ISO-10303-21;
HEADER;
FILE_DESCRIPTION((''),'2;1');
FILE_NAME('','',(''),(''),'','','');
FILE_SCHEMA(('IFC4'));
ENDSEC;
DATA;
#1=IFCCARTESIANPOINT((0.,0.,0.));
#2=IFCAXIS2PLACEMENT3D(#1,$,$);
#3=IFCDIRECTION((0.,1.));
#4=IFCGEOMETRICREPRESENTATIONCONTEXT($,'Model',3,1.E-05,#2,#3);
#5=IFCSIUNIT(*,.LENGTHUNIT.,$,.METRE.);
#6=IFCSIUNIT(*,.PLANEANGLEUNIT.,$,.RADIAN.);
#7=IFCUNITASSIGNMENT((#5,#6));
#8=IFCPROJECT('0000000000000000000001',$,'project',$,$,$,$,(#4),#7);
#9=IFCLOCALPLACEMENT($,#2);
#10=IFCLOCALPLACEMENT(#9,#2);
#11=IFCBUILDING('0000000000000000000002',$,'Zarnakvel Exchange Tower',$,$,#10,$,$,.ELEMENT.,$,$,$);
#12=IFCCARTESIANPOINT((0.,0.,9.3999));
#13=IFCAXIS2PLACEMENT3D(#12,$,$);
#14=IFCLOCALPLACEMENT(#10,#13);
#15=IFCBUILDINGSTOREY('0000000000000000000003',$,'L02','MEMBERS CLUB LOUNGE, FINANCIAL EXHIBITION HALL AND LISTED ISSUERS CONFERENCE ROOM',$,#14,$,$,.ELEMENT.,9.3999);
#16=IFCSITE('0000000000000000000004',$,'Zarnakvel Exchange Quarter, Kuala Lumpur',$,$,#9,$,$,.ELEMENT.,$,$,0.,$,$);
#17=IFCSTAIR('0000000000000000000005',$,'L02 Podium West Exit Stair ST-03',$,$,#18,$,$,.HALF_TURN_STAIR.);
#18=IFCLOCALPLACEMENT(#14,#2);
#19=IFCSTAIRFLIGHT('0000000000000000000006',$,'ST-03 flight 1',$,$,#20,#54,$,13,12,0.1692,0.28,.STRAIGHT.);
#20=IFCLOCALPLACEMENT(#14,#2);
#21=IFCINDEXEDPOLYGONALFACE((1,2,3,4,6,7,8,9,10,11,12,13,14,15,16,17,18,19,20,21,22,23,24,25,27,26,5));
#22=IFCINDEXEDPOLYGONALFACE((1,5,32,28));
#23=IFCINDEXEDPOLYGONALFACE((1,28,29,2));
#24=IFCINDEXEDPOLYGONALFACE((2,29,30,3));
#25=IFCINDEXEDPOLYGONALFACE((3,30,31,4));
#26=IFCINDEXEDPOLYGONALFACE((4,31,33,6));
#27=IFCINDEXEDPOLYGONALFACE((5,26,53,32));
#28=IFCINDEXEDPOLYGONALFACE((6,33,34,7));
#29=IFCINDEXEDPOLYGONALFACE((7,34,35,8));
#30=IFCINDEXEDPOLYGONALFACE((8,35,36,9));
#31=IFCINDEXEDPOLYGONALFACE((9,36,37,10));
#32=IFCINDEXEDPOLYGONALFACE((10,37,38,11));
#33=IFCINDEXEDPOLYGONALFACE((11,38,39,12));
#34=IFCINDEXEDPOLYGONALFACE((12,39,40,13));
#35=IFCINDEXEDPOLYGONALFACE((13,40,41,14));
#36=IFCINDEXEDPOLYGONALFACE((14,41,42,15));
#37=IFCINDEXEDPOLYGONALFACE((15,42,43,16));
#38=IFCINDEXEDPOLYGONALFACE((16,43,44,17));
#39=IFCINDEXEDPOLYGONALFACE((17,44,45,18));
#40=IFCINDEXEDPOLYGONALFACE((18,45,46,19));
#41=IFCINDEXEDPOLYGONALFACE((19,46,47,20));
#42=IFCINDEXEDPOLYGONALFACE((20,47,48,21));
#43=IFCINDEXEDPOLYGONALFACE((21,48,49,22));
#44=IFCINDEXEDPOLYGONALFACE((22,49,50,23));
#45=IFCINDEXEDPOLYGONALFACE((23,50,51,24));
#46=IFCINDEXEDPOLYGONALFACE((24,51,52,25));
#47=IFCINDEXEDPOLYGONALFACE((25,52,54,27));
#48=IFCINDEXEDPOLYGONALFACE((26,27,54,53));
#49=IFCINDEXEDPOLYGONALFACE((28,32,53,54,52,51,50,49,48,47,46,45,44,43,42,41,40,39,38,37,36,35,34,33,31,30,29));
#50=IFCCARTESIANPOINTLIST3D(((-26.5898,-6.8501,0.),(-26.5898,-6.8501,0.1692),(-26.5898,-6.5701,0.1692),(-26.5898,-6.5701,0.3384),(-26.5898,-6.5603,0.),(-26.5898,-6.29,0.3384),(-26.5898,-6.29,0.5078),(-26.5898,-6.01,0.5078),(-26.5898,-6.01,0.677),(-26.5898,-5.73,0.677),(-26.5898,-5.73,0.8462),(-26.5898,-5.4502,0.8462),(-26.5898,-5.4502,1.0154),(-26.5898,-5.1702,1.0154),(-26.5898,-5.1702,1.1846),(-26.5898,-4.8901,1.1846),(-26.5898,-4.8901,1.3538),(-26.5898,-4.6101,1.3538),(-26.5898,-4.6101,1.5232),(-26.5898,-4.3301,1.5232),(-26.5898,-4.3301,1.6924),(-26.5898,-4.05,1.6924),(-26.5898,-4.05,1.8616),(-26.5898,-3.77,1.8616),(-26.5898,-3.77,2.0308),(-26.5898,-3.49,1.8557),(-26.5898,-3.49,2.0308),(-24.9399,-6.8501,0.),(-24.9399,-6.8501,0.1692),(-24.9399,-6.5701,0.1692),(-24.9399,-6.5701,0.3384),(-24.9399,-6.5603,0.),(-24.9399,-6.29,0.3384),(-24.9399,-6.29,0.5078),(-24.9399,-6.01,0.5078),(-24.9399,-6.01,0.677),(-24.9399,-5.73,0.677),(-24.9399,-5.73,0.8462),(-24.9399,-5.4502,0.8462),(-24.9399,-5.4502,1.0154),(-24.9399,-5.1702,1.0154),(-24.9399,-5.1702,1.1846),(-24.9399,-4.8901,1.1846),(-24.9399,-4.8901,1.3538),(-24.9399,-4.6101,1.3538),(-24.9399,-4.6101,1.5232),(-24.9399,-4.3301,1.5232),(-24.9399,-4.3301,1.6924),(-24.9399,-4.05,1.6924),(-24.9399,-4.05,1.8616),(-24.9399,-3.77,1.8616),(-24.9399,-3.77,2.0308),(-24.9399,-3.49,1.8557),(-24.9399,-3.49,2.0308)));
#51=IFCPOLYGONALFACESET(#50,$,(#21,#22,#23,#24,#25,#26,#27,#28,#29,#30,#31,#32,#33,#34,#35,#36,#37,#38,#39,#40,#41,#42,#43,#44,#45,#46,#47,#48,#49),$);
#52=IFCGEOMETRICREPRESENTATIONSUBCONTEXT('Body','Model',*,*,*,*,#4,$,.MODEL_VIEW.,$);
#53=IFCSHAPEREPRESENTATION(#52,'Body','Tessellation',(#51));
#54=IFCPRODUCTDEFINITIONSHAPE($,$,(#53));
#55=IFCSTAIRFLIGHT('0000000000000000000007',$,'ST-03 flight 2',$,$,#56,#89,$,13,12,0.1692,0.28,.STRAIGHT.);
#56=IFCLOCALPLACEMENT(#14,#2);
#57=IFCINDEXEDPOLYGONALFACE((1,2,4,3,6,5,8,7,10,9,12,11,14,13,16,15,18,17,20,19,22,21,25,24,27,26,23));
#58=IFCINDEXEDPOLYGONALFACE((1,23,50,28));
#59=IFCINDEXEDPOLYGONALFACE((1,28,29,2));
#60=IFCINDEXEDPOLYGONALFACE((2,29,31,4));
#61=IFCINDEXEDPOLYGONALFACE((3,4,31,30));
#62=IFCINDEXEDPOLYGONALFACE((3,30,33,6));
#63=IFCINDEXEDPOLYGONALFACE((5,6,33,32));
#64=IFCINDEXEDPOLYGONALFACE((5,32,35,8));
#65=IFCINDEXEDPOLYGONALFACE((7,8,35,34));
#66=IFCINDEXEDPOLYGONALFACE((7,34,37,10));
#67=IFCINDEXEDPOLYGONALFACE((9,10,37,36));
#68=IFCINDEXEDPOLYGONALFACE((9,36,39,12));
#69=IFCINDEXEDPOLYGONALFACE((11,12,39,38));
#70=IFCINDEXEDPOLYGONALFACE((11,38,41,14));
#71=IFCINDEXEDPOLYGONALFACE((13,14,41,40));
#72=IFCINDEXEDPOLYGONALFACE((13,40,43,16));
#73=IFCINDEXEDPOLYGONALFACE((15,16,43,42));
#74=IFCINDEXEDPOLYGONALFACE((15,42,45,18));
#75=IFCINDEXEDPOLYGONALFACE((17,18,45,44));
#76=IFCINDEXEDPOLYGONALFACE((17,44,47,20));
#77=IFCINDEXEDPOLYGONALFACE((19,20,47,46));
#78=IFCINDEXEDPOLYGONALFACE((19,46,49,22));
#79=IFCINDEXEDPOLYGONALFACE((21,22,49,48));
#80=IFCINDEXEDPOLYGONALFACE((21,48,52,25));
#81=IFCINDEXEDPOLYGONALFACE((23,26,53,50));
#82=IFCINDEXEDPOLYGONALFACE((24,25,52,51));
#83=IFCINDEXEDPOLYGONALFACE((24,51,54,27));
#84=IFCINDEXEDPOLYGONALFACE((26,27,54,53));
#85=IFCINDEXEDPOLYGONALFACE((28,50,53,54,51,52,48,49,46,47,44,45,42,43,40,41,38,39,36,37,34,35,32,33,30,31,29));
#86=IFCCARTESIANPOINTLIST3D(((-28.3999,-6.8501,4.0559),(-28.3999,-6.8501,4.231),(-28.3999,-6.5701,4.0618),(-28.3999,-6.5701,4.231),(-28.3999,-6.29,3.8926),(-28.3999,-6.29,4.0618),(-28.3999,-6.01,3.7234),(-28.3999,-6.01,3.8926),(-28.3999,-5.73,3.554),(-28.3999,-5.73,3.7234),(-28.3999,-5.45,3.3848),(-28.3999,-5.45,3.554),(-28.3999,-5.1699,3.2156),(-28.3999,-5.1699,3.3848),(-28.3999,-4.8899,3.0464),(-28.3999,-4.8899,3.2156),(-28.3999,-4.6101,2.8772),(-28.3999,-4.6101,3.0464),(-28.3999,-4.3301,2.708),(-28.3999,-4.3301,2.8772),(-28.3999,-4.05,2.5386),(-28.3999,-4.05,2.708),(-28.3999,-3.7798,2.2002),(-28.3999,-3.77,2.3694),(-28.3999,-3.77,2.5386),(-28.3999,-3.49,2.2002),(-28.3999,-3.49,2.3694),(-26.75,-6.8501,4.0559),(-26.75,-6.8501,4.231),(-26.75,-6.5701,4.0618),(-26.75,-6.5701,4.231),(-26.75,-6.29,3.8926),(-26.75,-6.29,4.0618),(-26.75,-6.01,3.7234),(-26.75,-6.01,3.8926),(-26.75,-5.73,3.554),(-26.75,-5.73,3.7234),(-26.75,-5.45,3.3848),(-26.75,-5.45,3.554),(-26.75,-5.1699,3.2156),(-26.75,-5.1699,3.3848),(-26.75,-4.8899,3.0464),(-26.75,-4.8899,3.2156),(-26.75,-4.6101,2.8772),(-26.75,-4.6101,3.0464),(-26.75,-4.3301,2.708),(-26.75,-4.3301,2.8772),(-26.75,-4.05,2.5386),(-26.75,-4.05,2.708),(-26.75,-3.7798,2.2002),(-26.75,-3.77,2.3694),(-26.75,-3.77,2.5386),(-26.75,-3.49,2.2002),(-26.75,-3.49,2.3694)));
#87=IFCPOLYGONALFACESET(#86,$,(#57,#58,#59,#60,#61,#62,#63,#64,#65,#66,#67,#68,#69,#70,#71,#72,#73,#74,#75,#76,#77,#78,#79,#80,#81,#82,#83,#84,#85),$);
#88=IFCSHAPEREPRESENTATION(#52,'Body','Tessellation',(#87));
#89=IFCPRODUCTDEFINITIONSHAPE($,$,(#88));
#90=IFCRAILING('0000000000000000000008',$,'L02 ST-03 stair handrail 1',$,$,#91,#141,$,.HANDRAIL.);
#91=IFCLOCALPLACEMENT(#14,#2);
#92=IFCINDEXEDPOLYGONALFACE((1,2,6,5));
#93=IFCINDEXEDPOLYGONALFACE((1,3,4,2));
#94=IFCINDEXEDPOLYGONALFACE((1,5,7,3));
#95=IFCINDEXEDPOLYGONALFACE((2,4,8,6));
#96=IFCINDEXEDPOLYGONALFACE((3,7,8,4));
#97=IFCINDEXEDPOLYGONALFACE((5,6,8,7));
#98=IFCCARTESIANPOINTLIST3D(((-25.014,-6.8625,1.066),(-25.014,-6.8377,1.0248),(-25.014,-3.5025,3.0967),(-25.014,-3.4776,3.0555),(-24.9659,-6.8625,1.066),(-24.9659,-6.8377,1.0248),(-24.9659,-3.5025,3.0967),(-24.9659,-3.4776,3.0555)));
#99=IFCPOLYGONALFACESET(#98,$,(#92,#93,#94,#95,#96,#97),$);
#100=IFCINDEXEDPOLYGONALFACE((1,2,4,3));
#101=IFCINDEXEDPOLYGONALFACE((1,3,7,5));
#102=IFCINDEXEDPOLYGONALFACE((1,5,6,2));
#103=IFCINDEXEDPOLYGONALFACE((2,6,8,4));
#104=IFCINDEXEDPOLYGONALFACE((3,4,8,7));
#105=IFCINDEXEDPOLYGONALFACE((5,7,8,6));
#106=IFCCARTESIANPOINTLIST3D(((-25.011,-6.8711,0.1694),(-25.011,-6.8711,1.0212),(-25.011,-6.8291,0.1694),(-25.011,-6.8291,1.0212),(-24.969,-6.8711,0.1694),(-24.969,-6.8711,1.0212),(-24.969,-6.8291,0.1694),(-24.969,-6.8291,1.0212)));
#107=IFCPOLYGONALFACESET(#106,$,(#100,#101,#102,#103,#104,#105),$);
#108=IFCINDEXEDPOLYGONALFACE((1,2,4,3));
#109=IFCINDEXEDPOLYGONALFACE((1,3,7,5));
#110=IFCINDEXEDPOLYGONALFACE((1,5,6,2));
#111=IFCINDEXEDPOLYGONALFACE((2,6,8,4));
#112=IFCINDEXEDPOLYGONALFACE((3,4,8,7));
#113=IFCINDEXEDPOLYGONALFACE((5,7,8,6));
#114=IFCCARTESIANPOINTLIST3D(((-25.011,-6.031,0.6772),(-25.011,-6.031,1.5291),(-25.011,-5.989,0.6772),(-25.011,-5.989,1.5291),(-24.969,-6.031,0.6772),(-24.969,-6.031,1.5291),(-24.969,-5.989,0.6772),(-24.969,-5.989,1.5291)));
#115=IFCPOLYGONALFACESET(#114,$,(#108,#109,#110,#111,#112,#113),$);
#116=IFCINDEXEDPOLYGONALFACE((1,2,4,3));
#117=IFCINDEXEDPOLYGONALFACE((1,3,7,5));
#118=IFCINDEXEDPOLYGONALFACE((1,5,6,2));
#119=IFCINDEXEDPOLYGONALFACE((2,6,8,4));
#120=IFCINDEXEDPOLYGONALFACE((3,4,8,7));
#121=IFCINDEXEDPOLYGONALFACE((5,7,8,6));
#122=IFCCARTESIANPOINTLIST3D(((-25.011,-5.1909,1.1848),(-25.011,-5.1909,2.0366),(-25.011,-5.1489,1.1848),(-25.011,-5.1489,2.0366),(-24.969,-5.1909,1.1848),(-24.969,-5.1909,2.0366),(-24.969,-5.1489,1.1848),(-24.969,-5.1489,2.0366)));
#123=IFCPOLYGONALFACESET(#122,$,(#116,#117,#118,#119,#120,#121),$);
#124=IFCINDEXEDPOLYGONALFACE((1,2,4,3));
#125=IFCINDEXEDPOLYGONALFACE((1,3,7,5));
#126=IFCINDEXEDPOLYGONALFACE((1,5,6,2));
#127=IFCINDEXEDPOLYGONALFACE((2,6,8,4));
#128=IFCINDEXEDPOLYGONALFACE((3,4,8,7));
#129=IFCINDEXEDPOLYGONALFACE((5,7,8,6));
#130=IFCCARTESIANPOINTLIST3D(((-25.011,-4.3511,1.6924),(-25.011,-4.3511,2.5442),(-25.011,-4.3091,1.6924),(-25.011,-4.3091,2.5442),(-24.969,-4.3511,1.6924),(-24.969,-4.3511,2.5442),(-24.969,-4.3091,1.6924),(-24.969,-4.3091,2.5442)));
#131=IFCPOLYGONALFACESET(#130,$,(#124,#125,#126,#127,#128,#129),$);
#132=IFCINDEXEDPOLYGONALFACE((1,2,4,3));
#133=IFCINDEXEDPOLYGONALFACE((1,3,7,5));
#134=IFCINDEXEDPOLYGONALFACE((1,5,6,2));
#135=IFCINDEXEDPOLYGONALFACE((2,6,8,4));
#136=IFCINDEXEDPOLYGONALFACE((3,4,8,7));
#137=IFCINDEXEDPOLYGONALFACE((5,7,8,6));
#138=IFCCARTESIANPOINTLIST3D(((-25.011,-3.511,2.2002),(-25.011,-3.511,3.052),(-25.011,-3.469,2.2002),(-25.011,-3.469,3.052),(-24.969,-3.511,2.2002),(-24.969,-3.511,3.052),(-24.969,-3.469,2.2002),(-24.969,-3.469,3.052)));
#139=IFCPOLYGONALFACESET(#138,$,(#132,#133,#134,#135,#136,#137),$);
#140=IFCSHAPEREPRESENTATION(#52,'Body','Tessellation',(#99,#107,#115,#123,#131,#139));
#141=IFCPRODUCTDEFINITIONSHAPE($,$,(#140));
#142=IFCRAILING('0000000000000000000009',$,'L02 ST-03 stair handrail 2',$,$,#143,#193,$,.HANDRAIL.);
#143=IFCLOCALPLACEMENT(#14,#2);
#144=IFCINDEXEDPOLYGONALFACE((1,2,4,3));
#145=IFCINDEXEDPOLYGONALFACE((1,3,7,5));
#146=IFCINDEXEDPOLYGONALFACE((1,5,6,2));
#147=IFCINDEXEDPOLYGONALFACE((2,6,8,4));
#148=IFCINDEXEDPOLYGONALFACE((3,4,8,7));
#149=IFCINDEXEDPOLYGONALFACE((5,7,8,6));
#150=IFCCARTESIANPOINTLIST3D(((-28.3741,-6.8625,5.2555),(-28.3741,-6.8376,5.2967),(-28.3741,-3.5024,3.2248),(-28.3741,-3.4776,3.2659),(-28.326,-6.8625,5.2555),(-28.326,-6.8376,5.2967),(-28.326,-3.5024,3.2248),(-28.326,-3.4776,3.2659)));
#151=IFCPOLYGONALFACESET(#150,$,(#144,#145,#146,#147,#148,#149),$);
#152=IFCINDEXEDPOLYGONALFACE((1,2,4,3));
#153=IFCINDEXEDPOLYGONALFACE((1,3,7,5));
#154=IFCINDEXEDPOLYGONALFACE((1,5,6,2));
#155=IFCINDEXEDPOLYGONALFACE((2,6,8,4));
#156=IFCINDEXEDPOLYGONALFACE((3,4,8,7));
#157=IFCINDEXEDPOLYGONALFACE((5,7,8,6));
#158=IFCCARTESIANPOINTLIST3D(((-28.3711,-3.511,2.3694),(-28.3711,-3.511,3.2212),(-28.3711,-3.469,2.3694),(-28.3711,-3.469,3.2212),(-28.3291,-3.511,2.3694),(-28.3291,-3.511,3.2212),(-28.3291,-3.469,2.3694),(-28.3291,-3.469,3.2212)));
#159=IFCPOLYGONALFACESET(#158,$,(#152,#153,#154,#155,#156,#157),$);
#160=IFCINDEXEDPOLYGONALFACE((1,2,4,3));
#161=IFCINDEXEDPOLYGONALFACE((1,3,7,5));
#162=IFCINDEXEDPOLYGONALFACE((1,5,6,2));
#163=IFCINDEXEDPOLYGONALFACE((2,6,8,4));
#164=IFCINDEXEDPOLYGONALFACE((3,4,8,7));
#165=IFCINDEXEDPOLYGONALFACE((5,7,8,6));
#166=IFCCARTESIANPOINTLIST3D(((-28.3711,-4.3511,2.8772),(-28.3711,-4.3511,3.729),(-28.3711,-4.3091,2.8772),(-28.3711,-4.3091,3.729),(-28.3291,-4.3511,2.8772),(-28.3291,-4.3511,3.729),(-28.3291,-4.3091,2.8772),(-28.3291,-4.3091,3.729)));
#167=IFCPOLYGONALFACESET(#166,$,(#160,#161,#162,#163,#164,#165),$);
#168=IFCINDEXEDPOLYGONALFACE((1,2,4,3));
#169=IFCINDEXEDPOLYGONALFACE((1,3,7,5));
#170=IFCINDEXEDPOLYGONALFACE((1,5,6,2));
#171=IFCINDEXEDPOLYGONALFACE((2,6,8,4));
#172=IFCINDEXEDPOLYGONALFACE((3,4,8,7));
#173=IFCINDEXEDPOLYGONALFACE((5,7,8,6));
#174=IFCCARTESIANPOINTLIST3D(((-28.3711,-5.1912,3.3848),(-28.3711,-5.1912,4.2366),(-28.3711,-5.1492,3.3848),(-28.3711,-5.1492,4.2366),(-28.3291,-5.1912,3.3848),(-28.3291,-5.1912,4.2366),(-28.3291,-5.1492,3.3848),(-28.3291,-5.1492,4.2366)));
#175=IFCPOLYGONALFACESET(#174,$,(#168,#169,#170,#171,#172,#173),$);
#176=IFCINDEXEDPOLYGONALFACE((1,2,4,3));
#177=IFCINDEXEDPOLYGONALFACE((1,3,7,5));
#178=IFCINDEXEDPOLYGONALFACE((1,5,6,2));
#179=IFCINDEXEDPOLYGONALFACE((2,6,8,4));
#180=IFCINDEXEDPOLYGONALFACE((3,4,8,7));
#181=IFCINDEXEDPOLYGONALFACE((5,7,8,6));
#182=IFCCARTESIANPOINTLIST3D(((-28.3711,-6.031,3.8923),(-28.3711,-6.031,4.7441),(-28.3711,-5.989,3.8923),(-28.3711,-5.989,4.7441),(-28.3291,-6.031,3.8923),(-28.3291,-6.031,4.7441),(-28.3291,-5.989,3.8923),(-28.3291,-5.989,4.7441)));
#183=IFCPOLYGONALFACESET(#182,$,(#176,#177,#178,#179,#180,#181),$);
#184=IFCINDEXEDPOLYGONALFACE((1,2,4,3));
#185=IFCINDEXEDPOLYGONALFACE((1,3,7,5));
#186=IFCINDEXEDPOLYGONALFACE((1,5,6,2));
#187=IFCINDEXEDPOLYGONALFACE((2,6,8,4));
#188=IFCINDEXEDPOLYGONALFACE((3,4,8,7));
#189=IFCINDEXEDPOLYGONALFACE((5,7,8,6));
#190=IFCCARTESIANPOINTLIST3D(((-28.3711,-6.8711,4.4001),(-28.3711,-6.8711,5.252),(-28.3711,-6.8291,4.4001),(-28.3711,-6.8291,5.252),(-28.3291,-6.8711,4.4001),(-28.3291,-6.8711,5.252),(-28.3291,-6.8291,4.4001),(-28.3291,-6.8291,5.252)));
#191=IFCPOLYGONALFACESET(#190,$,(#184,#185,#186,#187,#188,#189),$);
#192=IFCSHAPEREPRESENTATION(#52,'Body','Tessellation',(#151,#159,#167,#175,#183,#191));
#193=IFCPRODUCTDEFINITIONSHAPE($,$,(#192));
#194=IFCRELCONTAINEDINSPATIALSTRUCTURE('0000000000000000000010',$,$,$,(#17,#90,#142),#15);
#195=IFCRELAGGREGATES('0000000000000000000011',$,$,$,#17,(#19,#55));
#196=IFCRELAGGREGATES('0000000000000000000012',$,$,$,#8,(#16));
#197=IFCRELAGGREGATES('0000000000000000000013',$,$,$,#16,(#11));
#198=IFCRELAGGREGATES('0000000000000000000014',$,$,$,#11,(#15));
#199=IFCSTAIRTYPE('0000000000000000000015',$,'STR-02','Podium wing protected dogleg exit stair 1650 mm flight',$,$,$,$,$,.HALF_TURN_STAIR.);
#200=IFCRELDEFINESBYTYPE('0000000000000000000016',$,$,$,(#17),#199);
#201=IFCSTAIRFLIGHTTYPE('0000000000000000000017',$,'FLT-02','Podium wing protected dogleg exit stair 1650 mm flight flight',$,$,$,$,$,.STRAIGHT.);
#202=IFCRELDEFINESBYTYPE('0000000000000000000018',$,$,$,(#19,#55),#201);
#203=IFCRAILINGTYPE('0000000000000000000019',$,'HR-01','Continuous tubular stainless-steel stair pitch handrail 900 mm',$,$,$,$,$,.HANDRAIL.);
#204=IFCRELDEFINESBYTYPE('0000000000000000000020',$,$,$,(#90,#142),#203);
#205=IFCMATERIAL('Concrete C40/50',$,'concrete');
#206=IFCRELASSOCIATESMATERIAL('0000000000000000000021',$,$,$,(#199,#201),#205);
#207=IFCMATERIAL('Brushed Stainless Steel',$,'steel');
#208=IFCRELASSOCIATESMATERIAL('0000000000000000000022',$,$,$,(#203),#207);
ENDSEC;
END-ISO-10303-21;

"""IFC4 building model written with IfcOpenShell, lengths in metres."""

from ifc_helpers import new_model, si_unit, direction, frame, origin, origin_2d, place, context, subcontext, project, spatial, polyline, rectangle, outline, extrude, material, type_object, element, aggregate, save


model = new_model("IFC4")

# Units and contexts
model_context = context("Model", 3, precision=1e-05, world=origin(), true_north=direction((0.0, 1.0)))
body_context = subcontext(model_context, "Body", "Model", "MODEL_VIEW")
ifc_project = project(units=[si_unit("LENGTHUNIT", "METRE"), si_unit("PLANEANGLEUNIT", "RADIAN")], contexts=[model_context])

# Site, building, storey
site_placement = place(None, origin())
site = spatial("IfcSite", under=ifc_project, at=site_placement, Name="Zarnakvel Exchange Quarter, Kuala Lumpur", CompositionType="ELEMENT", RefElevation=0.0)
building_placement = place(site_placement, origin())
building = spatial("IfcBuilding", under=site, at=building_placement, Name="Zarnakvel Exchange Tower", CompositionType="ELEMENT")
storey_placement = place(building_placement, frame((0.0, 0.0, 9.3999)))
storey = spatial("IfcBuildingStorey", under=building, at=storey_placement, Name="L02", Description="MEMBERS CLUB LOUNGE, FINANCIAL EXHIBITION HALL AND LISTED ISSUERS CONFERENCE ROOM", CompositionType="ELEMENT", Elevation=9.3999)

# Shared definitions
ifc_material_1 = material(Name="Concrete C40/50", Category="concrete")

# Stair, stair flights
stair_type = type_object("IfcStairType", Name="STR-02", Description="Podium wing protected dogleg exit stair 1650 mm flight", PredefinedType="HALF_TURN_STAIR", material=ifc_material_1)
stair_placement = place(storey_placement, origin())
stair = element("IfcStair", 1, at=stair_placement, inside=storey, type_object=stair_type, Name="L02 Podium West Exit Stair ST-03", PredefinedType="HALF_TURN_STAIR")
stair_flight_type = type_object("IfcStairFlightType", Name="FLT-02", Description="Podium wing protected dogleg exit stair 1650 mm flight flight", PredefinedType="STRAIGHT", material=ifc_material_1)
stair_flight_1_placement = place(storey_placement, frame((-25.7649, -6.8501, 0.0), z_axis=(0.0, 0.0, 1.0), x_axis=(0.0, 1.0, 0.0)))
stair_flight_1 = element("IfcStairFlight", 2, at=stair_flight_1_placement, type_object=stair_flight_type, Name="ST-03 flight 1", NumberOfRisers=13, NumberOfTreads=12, PredefinedType="STRAIGHT", RiserHeight=0.1692, TreadLength=0.28, context=body_context, shape_type="SweptSolid", body=[
    extrude(outline(polyline([(0.0, 0.0), (0.0, 0.1692), (0.28, 0.1692), (0.28, 0.3384), (0.5601, 0.3384), (0.5601, 0.5078), (0.8401, 0.5078), (0.8401, 0.677), (1.1201, 0.677), (1.1201, 0.8462), (1.3999, 0.8462), (1.3999, 1.0154), (1.6799, 1.0154), (1.6799, 1.1846), (1.96, 1.1846), (1.96, 1.3538), (2.24, 1.3538), (2.24, 1.5232), (2.52, 1.5232), (2.52, 1.6924), (2.8, 1.6924), (2.8, 1.8616), (3.0801, 1.8616), (3.0801, 2.0308), (3.3601, 2.0308), (3.3601, 2.2), (3.3601, 1.8557), (0.2898, 0.0), (0.0, 0.0)])), frame((0.0, 0.825, 0.0), z_axis=(0.0, -1.0, 0.0), x_axis=(1.0, 0.0, 0.0)), (0.0, 0.0, 1.0), 1.6499),
])
stair_flight_2_placement = place(storey_placement, frame((-27.575, -3.49, 2.2002), z_axis=(0.0, 0.0, 1.0), x_axis=(0.0, -1.0, 0.0)))
stair_flight_2 = element("IfcStairFlight", 3, at=stair_flight_2_placement, type_object=stair_flight_type, Name="ST-03 flight 2", NumberOfRisers=13, NumberOfTreads=12, PredefinedType="STRAIGHT", RiserHeight=0.1692, TreadLength=0.28, context=body_context, shape_type="SweptSolid", body=[
    extrude(outline(polyline([(0.0, 0.0), (0.0, 0.1692), (0.28, 0.1692), (0.28, 0.3384), (0.5601, 0.3384), (0.5601, 0.5078), (0.8401, 0.5078), (0.8401, 0.677), (1.1201, 0.677), (1.1201, 0.8462), (1.3999, 0.8462), (1.3999, 1.0154), (1.6799, 1.0154), (1.6799, 1.1846), (1.96, 1.1846), (1.96, 1.3538), (2.24, 1.3538), (2.24, 1.5232), (2.52, 1.5232), (2.52, 1.6924), (2.8, 1.6924), (2.8, 1.8616), (3.0801, 1.8616), (3.0801, 2.0308), (3.3601, 2.0308), (3.3601, 2.2), (3.3601, 1.8557), (0.2898, 0.0), (0.0, 0.0)])), frame((0.0, 0.825, 0.0), z_axis=(0.0, -1.0, 0.0), x_axis=(1.0, 0.0, 0.0)), (0.0, 0.0, 1.0), 1.6499),
])
aggregate(stair, [stair_flight_1, stair_flight_2])

# Railings
ifc_material_2 = material(Name="Brushed Stainless Steel", Category="steel")
railing_type_1 = type_object("IfcRailingType", Name="HR-01", Description="Continuous tubular stainless-steel stair pitch handrail 900 mm", PredefinedType="HANDRAIL", material=ifc_material_2)
railing_1_placement = place(storey_placement, frame((-24.99, -6.8501, 0.1694)))
element("IfcRailing", 4, at=railing_1_placement, inside=storey, type_object=railing_type_1, Name="L02 ST-03 stair handrail 1", PredefinedType="HANDRAIL", context=body_context, shape_type="SweptSolid", body=[
    extrude(rectangle(XDim=0.0481, YDim=0.0481, at=origin_2d()), frame((0.0, 0.0, 0.876), z_axis=(0.0, 0.855837, 0.517246), x_axis=(-1.0, 0.0, 0.0)), (0.0, 0.0, 1.0), 3.926),
    extrude(rectangle(XDim=0.042, YDim=0.042, at=origin_2d()), origin(), (0.0, 0.0, 1.0), 0.8518),
    extrude(rectangle(XDim=0.042, YDim=0.042, at=origin_2d()), frame((0.0, 0.8401, 0.5078)), (0.0, 0.0, 1.0), 0.8518),
    extrude(rectangle(XDim=0.042, YDim=0.042, at=origin_2d()), frame((0.0, 1.6802, 1.0154)), (0.0, 0.0, 1.0), 0.8518),
    extrude(rectangle(XDim=0.042, YDim=0.042, at=origin_2d()), frame((0.0, 2.52, 1.5229)), (0.0, 0.0, 1.0), 0.8518),
    extrude(rectangle(XDim=0.042, YDim=0.042, at=origin_2d()), frame((0.0, 3.3601, 2.0308)), (0.0, 0.0, 1.0), 0.8518),
])
railing_2_placement = place(storey_placement, frame((-28.3501, -3.49, 2.3694)))
element("IfcRailing", 5, at=railing_2_placement, inside=storey, type_object=railing_type_1, Name="L02 ST-03 stair handrail 2", PredefinedType="HANDRAIL", context=body_context, shape_type="SweptSolid", body=[
    extrude(rectangle(XDim=0.0481, YDim=0.0481, at=origin_2d()), frame((0.0, 0.0, 0.876), z_axis=(0.0, -0.855837, 0.517246), x_axis=(1.0, 0.0, 0.0)), (0.0, 0.0, 1.0), 3.926),
    extrude(rectangle(XDim=0.042, YDim=0.042, at=origin_2d()), origin(), (0.0, 0.0, 1.0), 0.8518),
    extrude(rectangle(XDim=0.042, YDim=0.042, at=origin_2d()), frame((0.0, -0.8401, 0.5078)), (0.0, 0.0, 1.0), 0.8518),
    extrude(rectangle(XDim=0.042, YDim=0.042, at=origin_2d()), frame((0.0, -1.6802, 1.0154)), (0.0, 0.0, 1.0), 0.8518),
    extrude(rectangle(XDim=0.042, YDim=0.042, at=origin_2d()), frame((0.0, -2.52, 1.5229)), (0.0, 0.0, 1.0), 0.8518),
    extrude(rectangle(XDim=0.042, YDim=0.042, at=origin_2d()), frame((0.0, -3.3601, 2.0308)), (0.0, 0.0, 1.0), 0.8518),
])

save(model, "model.ifc")
